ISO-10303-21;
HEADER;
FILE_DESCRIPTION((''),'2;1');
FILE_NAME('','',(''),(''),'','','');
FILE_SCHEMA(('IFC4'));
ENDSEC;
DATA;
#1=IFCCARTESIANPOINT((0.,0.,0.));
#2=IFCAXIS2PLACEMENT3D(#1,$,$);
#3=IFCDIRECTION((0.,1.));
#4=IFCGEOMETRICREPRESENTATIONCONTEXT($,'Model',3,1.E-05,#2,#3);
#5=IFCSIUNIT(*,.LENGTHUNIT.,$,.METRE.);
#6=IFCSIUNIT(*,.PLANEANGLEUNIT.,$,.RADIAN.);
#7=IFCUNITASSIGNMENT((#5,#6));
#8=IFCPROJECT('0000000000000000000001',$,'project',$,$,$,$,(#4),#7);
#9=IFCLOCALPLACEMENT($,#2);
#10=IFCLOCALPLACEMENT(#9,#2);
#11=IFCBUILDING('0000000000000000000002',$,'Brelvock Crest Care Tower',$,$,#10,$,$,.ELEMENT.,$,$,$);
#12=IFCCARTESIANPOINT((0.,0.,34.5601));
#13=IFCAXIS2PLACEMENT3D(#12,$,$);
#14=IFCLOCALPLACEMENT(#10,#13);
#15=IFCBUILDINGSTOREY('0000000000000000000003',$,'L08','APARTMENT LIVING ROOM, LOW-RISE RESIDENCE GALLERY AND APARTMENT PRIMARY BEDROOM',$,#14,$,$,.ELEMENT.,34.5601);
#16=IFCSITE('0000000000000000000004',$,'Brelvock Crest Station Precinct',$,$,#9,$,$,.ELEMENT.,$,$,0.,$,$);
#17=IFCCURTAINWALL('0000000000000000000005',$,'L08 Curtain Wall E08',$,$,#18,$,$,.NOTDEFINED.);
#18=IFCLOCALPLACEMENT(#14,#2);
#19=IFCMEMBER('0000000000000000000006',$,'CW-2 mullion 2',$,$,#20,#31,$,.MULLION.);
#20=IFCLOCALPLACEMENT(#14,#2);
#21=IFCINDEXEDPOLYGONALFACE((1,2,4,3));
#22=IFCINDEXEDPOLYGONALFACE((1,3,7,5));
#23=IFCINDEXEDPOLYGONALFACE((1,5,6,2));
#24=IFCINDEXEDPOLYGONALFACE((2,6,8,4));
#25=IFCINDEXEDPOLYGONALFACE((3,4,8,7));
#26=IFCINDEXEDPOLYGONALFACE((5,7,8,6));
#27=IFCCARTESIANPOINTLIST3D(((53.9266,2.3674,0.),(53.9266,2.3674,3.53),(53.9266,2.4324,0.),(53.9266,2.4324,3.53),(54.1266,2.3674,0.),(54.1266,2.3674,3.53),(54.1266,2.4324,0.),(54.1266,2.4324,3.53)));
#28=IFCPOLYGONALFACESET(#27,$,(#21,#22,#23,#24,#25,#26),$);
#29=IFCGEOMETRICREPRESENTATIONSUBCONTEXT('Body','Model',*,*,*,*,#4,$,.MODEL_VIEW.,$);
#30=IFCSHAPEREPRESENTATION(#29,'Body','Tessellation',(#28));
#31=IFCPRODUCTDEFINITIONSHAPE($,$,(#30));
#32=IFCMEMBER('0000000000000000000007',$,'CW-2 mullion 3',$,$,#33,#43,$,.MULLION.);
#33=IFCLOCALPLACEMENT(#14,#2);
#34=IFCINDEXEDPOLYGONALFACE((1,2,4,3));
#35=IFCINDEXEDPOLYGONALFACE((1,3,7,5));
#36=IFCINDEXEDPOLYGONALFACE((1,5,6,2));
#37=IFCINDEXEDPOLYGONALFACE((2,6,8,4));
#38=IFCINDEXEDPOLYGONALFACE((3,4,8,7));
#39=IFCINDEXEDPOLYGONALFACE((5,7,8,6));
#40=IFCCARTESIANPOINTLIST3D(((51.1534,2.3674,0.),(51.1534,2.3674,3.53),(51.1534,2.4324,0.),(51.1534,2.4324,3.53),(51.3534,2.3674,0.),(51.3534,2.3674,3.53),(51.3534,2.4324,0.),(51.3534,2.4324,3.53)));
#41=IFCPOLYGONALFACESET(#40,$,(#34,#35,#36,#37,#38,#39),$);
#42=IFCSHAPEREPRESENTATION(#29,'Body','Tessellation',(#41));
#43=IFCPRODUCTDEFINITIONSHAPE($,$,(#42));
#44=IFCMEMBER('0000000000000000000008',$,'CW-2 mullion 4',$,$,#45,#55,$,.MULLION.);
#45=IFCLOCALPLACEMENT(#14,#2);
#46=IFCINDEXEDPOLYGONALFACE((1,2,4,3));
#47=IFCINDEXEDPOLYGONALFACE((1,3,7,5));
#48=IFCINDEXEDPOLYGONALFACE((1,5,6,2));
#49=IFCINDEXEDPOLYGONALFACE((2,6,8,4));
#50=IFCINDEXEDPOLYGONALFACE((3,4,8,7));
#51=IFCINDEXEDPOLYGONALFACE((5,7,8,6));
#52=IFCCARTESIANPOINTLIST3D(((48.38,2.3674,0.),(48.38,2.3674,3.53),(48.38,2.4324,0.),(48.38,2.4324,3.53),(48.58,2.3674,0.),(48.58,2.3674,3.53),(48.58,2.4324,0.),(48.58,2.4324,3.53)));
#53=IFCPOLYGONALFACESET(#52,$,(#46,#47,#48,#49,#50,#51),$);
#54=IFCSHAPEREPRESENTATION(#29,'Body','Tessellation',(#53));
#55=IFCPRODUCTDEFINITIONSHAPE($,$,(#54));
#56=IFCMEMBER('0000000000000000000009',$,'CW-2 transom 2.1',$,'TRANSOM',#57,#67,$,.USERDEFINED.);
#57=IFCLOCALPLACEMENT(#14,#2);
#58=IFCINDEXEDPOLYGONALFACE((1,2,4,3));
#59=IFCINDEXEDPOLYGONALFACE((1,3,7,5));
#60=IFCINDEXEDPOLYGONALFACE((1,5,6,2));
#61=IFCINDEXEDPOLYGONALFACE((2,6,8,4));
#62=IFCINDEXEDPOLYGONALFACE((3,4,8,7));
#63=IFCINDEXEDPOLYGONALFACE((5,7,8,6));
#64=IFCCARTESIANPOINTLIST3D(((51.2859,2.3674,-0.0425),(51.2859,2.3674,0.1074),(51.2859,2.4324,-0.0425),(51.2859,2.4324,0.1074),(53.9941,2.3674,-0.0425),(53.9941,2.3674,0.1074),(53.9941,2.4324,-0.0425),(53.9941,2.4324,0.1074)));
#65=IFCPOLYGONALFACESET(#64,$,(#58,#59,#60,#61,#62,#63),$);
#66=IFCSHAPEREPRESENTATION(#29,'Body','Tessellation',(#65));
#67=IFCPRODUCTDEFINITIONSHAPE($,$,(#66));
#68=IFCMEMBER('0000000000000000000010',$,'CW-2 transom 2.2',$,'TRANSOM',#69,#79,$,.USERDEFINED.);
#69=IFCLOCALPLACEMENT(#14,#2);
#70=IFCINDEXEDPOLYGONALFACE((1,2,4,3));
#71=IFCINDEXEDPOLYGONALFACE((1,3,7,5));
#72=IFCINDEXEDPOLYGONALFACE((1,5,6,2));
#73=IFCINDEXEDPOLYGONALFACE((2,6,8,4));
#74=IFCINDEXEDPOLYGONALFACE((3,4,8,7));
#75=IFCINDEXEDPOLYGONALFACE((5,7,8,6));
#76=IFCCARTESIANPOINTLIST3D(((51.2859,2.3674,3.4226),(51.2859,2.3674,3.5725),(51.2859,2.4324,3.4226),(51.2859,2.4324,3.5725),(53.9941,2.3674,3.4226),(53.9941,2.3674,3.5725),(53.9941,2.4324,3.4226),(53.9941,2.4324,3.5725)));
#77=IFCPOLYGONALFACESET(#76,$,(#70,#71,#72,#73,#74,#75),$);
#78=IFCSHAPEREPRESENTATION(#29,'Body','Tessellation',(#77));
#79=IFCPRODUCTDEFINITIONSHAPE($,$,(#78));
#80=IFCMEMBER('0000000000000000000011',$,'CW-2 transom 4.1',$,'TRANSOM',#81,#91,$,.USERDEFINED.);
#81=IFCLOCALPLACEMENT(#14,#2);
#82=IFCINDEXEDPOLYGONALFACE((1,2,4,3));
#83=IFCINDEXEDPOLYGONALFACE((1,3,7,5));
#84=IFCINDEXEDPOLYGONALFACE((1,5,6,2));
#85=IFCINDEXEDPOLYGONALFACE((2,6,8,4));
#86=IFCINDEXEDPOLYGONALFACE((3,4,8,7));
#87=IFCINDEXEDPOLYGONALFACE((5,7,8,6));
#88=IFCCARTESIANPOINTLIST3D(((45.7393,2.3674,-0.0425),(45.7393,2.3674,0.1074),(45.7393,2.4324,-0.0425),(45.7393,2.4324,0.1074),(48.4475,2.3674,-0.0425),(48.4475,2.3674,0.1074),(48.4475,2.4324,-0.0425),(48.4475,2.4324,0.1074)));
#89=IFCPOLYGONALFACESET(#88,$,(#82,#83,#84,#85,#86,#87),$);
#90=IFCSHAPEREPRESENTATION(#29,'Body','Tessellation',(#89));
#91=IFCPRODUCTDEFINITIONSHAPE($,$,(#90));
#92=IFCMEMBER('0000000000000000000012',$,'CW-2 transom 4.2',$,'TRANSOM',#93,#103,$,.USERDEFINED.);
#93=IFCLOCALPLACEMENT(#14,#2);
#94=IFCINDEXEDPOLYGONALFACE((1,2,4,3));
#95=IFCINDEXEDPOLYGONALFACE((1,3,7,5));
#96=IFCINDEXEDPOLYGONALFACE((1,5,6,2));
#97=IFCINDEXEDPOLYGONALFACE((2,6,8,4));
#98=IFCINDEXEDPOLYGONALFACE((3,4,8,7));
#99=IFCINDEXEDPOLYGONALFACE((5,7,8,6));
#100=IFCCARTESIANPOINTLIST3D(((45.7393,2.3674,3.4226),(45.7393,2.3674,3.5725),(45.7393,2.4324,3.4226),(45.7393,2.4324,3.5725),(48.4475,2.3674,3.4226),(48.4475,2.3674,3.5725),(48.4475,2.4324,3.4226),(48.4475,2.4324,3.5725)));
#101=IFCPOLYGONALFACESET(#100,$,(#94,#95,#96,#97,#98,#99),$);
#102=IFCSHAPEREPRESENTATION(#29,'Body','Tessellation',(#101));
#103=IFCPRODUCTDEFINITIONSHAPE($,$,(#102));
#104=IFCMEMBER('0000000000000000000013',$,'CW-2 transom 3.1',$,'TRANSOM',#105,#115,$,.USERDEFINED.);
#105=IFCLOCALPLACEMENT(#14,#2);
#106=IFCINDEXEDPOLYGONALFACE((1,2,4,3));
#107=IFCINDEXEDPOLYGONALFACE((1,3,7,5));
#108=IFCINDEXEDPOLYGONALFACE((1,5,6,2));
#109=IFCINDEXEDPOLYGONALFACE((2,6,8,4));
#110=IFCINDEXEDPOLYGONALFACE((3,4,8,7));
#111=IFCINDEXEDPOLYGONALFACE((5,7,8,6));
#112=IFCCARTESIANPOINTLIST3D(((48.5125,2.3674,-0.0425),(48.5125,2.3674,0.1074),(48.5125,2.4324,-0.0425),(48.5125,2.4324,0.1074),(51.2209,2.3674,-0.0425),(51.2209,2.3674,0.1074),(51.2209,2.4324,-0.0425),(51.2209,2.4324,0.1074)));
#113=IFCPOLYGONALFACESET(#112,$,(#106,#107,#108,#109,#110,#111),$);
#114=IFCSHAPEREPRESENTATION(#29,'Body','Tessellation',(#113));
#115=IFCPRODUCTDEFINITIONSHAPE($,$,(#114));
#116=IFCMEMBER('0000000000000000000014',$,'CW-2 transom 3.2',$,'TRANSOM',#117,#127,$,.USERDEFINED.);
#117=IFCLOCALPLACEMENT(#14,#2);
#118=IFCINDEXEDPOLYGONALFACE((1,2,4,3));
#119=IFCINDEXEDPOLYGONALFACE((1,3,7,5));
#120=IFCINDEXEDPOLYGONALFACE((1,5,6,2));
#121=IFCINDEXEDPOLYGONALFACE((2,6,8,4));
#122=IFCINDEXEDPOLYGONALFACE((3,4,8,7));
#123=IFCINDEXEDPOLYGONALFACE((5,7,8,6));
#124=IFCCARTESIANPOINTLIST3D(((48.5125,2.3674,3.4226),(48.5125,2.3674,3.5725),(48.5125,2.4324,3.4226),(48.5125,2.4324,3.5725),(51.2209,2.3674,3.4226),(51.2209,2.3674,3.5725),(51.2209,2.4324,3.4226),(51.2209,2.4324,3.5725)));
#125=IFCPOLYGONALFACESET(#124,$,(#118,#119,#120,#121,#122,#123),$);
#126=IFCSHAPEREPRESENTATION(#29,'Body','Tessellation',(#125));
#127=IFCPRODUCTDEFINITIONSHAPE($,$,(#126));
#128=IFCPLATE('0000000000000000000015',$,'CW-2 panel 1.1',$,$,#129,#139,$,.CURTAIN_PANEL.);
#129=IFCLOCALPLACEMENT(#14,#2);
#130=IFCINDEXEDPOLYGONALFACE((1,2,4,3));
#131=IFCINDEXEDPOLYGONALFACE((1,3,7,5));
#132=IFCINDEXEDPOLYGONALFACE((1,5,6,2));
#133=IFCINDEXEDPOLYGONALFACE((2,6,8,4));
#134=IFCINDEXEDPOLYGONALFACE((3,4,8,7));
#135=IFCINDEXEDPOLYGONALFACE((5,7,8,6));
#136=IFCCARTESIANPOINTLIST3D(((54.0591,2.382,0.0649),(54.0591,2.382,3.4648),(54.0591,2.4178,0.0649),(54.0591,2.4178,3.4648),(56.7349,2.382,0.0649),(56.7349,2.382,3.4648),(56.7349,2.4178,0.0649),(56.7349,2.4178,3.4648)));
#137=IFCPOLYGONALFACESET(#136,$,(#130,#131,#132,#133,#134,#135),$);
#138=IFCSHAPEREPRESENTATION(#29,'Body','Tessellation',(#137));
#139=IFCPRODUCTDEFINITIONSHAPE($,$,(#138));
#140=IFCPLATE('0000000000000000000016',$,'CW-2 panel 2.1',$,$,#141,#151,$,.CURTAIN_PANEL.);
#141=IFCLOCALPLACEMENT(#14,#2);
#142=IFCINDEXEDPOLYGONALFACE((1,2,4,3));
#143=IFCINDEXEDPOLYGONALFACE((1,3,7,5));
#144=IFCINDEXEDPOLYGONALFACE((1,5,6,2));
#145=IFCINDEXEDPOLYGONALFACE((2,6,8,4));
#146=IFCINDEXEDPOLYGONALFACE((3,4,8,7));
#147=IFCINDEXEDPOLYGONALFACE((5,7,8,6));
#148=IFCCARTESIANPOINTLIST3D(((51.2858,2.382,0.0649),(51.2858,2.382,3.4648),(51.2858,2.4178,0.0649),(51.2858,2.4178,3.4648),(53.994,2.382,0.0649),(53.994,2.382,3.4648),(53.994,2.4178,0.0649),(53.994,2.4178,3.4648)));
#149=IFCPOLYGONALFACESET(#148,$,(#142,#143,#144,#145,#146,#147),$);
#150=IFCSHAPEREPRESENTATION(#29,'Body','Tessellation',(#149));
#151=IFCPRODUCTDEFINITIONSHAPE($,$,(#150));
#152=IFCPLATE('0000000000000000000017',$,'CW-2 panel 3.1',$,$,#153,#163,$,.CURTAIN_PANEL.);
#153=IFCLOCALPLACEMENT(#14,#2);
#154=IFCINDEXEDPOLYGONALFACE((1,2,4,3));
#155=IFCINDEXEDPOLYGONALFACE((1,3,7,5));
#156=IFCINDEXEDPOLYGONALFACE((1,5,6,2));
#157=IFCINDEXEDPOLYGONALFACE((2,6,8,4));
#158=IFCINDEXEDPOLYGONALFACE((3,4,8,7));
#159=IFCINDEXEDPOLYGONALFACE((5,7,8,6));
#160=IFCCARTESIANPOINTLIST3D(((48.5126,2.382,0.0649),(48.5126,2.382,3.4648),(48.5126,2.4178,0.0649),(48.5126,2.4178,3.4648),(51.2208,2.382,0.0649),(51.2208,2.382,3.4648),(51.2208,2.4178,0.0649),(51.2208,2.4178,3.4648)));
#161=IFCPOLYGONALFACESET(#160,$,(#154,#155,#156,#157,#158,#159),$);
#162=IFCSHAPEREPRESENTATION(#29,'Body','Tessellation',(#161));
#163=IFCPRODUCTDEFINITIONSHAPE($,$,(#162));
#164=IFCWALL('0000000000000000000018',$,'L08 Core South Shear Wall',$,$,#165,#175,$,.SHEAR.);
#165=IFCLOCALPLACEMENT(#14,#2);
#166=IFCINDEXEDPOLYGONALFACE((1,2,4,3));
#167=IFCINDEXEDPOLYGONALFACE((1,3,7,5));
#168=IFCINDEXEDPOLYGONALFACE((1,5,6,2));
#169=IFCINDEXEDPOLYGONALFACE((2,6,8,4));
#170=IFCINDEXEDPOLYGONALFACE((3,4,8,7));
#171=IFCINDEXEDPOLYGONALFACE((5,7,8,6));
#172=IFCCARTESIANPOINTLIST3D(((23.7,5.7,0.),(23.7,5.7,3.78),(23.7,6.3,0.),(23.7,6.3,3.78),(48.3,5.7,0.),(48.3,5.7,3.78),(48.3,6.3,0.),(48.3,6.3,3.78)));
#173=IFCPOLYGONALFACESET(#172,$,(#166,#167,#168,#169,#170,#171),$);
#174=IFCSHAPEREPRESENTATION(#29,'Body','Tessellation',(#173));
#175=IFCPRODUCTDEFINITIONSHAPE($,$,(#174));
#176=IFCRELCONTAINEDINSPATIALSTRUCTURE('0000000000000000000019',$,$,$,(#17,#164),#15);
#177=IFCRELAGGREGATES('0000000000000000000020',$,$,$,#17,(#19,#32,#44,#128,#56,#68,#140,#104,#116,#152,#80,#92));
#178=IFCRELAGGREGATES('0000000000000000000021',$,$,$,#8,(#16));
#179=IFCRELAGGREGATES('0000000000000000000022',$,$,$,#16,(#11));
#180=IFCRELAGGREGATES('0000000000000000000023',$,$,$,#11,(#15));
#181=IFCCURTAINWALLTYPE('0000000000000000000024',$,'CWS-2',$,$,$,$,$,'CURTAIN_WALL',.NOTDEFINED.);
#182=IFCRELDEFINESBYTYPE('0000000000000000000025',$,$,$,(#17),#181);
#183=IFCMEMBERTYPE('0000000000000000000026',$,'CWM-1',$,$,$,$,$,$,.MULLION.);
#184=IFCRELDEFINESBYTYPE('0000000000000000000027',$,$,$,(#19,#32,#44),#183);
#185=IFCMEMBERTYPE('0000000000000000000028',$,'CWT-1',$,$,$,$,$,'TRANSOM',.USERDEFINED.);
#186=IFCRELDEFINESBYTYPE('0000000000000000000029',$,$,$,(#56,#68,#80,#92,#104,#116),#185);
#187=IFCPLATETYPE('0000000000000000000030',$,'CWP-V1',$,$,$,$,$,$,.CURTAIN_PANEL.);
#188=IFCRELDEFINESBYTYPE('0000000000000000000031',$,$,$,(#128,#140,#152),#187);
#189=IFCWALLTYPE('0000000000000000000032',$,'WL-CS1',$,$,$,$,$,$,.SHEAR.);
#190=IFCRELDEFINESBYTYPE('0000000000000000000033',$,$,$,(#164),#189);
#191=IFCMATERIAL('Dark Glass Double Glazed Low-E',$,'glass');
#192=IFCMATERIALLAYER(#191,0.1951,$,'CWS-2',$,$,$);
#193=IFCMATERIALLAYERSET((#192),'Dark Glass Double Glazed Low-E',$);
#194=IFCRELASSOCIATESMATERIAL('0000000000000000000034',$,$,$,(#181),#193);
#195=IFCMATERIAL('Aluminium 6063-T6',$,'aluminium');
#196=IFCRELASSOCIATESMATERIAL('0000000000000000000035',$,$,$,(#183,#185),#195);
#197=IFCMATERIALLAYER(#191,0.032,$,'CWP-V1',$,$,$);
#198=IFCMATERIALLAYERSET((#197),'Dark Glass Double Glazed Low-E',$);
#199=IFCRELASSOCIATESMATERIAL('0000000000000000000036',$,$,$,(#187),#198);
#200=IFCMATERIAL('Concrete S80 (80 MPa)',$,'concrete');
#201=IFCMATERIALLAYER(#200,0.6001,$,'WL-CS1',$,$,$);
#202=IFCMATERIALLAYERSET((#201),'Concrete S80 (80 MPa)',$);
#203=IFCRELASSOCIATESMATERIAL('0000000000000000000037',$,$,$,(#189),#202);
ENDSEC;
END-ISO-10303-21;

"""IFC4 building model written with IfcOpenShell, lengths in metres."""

from ifc_helpers import new_model, si_unit, direction, frame, frame_2d, origin, origin_2d, place, context, subcontext, project, spatial, rectangle, extrude, source, transform, mapped, material, layer, layer_set, material_profile, profile_set, type_object, element, aggregate, save


model = new_model("IFC4")

# Units and contexts
model_context = context("Model", 3, precision=1e-05, world=origin(), true_north=direction((0.0, 1.0)))
body_context = subcontext(model_context, "Body", "Model", "MODEL_VIEW")
ifc_project = project(units=[si_unit("LENGTHUNIT", "METRE"), si_unit("PLANEANGLEUNIT", "RADIAN")], contexts=[model_context])

# Site, building, storey
site_placement = place(None, origin())
site = spatial("IfcSite", under=ifc_project, at=site_placement, Name="Brelvock Crest Station Precinct", CompositionType="ELEMENT", RefElevation=0.0)
building_placement = place(site_placement, origin())
building = spatial("IfcBuilding", under=site, at=building_placement, Name="Brelvock Crest Care Tower", CompositionType="ELEMENT")
storey_placement = place(building_placement, frame((0.0, 0.0, 34.5601)))
storey = spatial("IfcBuildingStorey", under=building, at=storey_placement, Name="L08", Description="APARTMENT LIVING ROOM, LOW-RISE RESIDENCE GALLERY AND APARTMENT PRIMARY BEDROOM", CompositionType="ELEMENT", Elevation=34.5601)

# Curtain wall, members, plates
ifc_material_1 = material(Name="Dark Glass Double Glazed Low-E", Category="glass")
ifc_layer_1 = layer(ifc_material_1, 0.1951, Name="CWS-2")
ifc_layer_set_1 = layer_set([ifc_layer_1], Name="Dark Glass Double Glazed Low-E")
curtain_wall_type = type_object("IfcCurtainWallType", Name="CWS-2", ElementType="CURTAIN_WALL", PredefinedType="NOTDEFINED", material=ifc_layer_set_1)
curtain_wall_placement = place(storey_placement, origin())
curtain_wall = element("IfcCurtainWall", 1, at=curtain_wall_placement, inside=storey, type_object=curtain_wall_type, Name="L08 Curtain Wall E08", PredefinedType="NOTDEFINED")
ifc_material_2 = material(Name="Aluminium 6063-T6", Category="aluminium")
ifc_material_profile_1 = material_profile(ifc_material_2, rectangle(XDim=0.0649, YDim=0.2, at=origin_2d()), Name="ALU65x200")
ifc_profile_set_1 = profile_set([ifc_material_profile_1], Name="Aluminium 6063-T6")
member_type_1 = type_object("IfcMemberType", Name="CWM-1", PredefinedType="MULLION", material=ifc_profile_set_1)
shared_shape_1 = source(origin(), body_context, "Body", "SweptSolid", [
    extrude(rectangle(XDim=0.0649, YDim=0.2, at=origin_2d()), origin(), (0.0, 0.0, 1.0), 3.53),
])
member_1_placement = place(storey_placement, frame((54.0266, 2.3999, 0.0), z_axis=(0.0, 0.0, 1.0), x_axis=(0.0, -1.0, 0.0)))
member_1 = element("IfcMember", 2, at=member_1_placement, type_object=member_type_1, Name="CW-2 mullion 2", PredefinedType="MULLION", context=body_context, shape_type="MappedRepresentation", body=[
    mapped(shared_shape_1, transform((0.0, 0.0, 0.0), x_axis=(1.0, 0.0, 0.0), y_axis=(0.0, 1.0, 0.0), z_axis=(0.0, 0.0, 1.0), scale=1.0)),
])
member_2_placement = place(storey_placement, frame((51.2534, 2.3999, 0.0), z_axis=(0.0, 0.0, 1.0), x_axis=(0.0, -1.0, 0.0)))
member_2 = element("IfcMember", 3, at=member_2_placement, type_object=member_type_1, Name="CW-2 mullion 3", PredefinedType="MULLION", context=body_context, shape_type="MappedRepresentation", body=[
    mapped(shared_shape_1, transform((0.0, 0.0, 0.0), x_axis=(1.0, 0.0, 0.0), y_axis=(0.0, 1.0, 0.0), z_axis=(0.0, 0.0, 1.0), scale=1.0)),
])
member_3_placement = place(storey_placement, frame((48.48, 2.3999, 0.0), z_axis=(0.0, 0.0, 1.0), x_axis=(0.0, -1.0, 0.0)))
member_3 = element("IfcMember", 4, at=member_3_placement, type_object=member_type_1, Name="CW-2 mullion 4", PredefinedType="MULLION", context=body_context, shape_type="MappedRepresentation", body=[
    mapped(shared_shape_1, transform((0.0, 0.0, 0.0), x_axis=(1.0, 0.0, 0.0), y_axis=(0.0, 1.0, 0.0), z_axis=(0.0, 0.0, 1.0), scale=1.0)),
])
ifc_material_profile_2 = material_profile(ifc_material_2, rectangle(XDim=0.0649, YDim=0.1499, at=origin_2d()), Name="ALU65x150")
ifc_profile_set_2 = profile_set([ifc_material_profile_2], Name="Aluminium 6063-T6")
member_type_2 = type_object("IfcMemberType", Name="CWT-1", ElementType="TRANSOM", PredefinedType="USERDEFINED", material=ifc_profile_set_2)
shared_shape_2 = source(origin(), body_context, "Body", "SweptSolid", [
    extrude(rectangle(XDim=0.0649, YDim=0.1499, at=origin_2d()), origin(), (0.0, 0.0, 1.0), 2.7083),
])
member_4_placement = place(storey_placement, frame((53.9941, 2.3999, 0.0325), z_axis=(-1.0, 0.0, 0.0), x_axis=(0.0, -1.0, 0.0)))
member_4 = element("IfcMember", 5, at=member_4_placement, type_object=member_type_2, Name="CW-2 transom 2.1", ObjectType="TRANSOM", PredefinedType="USERDEFINED", context=body_context, shape_type="MappedRepresentation", body=[
    mapped(shared_shape_2, transform((0.0, 0.0, 0.0), x_axis=(1.0, 0.0, 0.0), y_axis=(0.0, 1.0, 0.0), z_axis=(0.0, 0.0, 1.0), scale=1.0)),
])
member_5_placement = place(storey_placement, frame((53.9941, 2.3999, 3.4976), z_axis=(-1.0, 0.0, 0.0), x_axis=(0.0, -1.0, 0.0)))
member_5 = element("IfcMember", 6, at=member_5_placement, type_object=member_type_2, Name="CW-2 transom 2.2", ObjectType="TRANSOM", PredefinedType="USERDEFINED", context=body_context, shape_type="MappedRepresentation", body=[
    mapped(shared_shape_2, transform((0.0, 0.0, 0.0), x_axis=(1.0, 0.0, 0.0), y_axis=(0.0, 1.0, 0.0), z_axis=(0.0, 0.0, 1.0), scale=1.0)),
])
member_6_placement = place(storey_placement, frame((48.4475, 2.3999, 0.0325), z_axis=(-1.0, 0.0, 0.0), x_axis=(0.0, -1.0, 0.0)))
member_6 = element("IfcMember", 7, at=member_6_placement, type_object=member_type_2, Name="CW-2 transom 4.1", ObjectType="TRANSOM", PredefinedType="USERDEFINED", context=body_context, shape_type="MappedRepresentation", body=[
    mapped(shared_shape_2, transform((0.0, 0.0, 0.0), x_axis=(1.0, 0.0, 0.0), y_axis=(0.0, 1.0, 0.0), z_axis=(0.0, 0.0, 1.0), scale=1.0)),
])
member_7_placement = place(storey_placement, frame((48.4475, 2.3999, 3.4976), z_axis=(-1.0, 0.0, 0.0), x_axis=(0.0, -1.0, 0.0)))
member_7 = element("IfcMember", 8, at=member_7_placement, type_object=member_type_2, Name="CW-2 transom 4.2", ObjectType="TRANSOM", PredefinedType="USERDEFINED", context=body_context, shape_type="MappedRepresentation", body=[
    mapped(shared_shape_2, transform((0.0, 0.0, 0.0), x_axis=(1.0, 0.0, 0.0), y_axis=(0.0, 1.0, 0.0), z_axis=(0.0, 0.0, 1.0), scale=1.0)),
])
shared_shape_3 = source(origin(), body_context, "Body", "SweptSolid", [
    extrude(rectangle(XDim=0.0649, YDim=0.1499, at=origin_2d()), origin(), (0.0, 0.0, 1.0), 2.7085),
])
member_8_placement = place(storey_placement, frame((51.2209, 2.3999, 0.0325), z_axis=(-1.0, 0.0, 0.0), x_axis=(0.0, -1.0, 0.0)))
member_8 = element("IfcMember", 9, at=member_8_placement, type_object=member_type_2, Name="CW-2 transom 3.1", ObjectType="TRANSOM", PredefinedType="USERDEFINED", context=body_context, shape_type="MappedRepresentation", body=[
    mapped(shared_shape_3, transform((0.0, 0.0, 0.0), x_axis=(1.0, 0.0, 0.0), y_axis=(0.0, 1.0, 0.0), z_axis=(0.0, 0.0, 1.0), scale=1.0)),
])
member_9_placement = place(storey_placement, frame((51.2209, 2.3999, 3.4976), z_axis=(-1.0, 0.0, 0.0), x_axis=(0.0, -1.0, 0.0)))
member_9 = element("IfcMember", 10, at=member_9_placement, type_object=member_type_2, Name="CW-2 transom 3.2", ObjectType="TRANSOM", PredefinedType="USERDEFINED", context=body_context, shape_type="MappedRepresentation", body=[
    mapped(shared_shape_3, transform((0.0, 0.0, 0.0), x_axis=(1.0, 0.0, 0.0), y_axis=(0.0, 1.0, 0.0), z_axis=(0.0, 0.0, 1.0), scale=1.0)),
])
ifc_layer_2 = layer(ifc_material_1, 0.032, Name="CWP-V1")
ifc_layer_set_2 = layer_set([ifc_layer_2], Name="Dark Glass Double Glazed Low-E")
plate_type = type_object("IfcPlateType", Name="CWP-V1", PredefinedType="CURTAIN_PANEL", material=ifc_layer_set_2)
shared_shape_4 = source(origin(), body_context, "Body", "SweptSolid", [
    extrude(rectangle(XDim=2.6758, YDim=0.0359, at=origin_2d()), origin(), (0.0, 0.0, 1.0), 3.3999),
])
plate_1_placement = place(storey_placement, frame((55.397, 2.3999, 0.0649), z_axis=(0.0, 0.0, 1.0), x_axis=(-1.0, 0.0, 0.0)))
plate_1 = element("IfcPlate", 11, at=plate_1_placement, type_object=plate_type, Name="CW-2 panel 1.1", PredefinedType="CURTAIN_PANEL", context=body_context, shape_type="MappedRepresentation", body=[
    mapped(shared_shape_4, transform((0.0, 0.0, 0.0), x_axis=(1.0, 0.0, 0.0), y_axis=(0.0, 1.0, 0.0), z_axis=(0.0, 0.0, 1.0), scale=1.0)),
])
shared_shape_5 = source(origin(), body_context, "Body", "SweptSolid", [
    extrude(rectangle(XDim=2.7083, YDim=0.0359, at=origin_2d()), origin(), (0.0, 0.0, 1.0), 3.3999),
])
plate_2_placement = place(storey_placement, frame((52.6399, 2.3999, 0.0649), z_axis=(0.0, 0.0, 1.0), x_axis=(-1.0, 0.0, 0.0)))
plate_2 = element("IfcPlate", 12, at=plate_2_placement, type_object=plate_type, Name="CW-2 panel 2.1", PredefinedType="CURTAIN_PANEL", context=body_context, shape_type="MappedRepresentation", body=[
    mapped(shared_shape_5, transform((0.0, 0.0, 0.0), x_axis=(1.0, 0.0, 0.0), y_axis=(0.0, 1.0, 0.0), z_axis=(0.0, 0.0, 1.0), scale=1.0)),
])
plate_3_placement = place(storey_placement, frame((49.8667, 2.3999, 0.0649), z_axis=(0.0, 0.0, 1.0), x_axis=(-1.0, 0.0, 0.0)))
plate_3 = element("IfcPlate", 13, at=plate_3_placement, type_object=plate_type, Name="CW-2 panel 3.1", PredefinedType="CURTAIN_PANEL", context=body_context, shape_type="MappedRepresentation", body=[
    mapped(shared_shape_5, transform((0.0, 0.0, 0.0), x_axis=(1.0, 0.0, 0.0), y_axis=(0.0, 1.0, 0.0), z_axis=(0.0, 0.0, 1.0), scale=1.0)),
])
aggregate(curtain_wall, [member_1, member_2, member_3, plate_1, member_4, member_5, plate_2, member_8, member_9, plate_3, member_6, member_7])

# Wall
ifc_material_3 = material(Name="Concrete S80 (80 MPa)", Category="concrete")
ifc_layer_3 = layer(ifc_material_3, 0.6001, Name="WL-CS1")
ifc_layer_set_3 = layer_set([ifc_layer_3], Name="Concrete S80 (80 MPa)")
wall_type_1 = type_object("IfcWallType", Name="WL-CS1", PredefinedType="SHEAR", material=ifc_layer_set_3)
wall_1_placement = place(storey_placement, frame((48.3, 6.0, 0.0), z_axis=(0.0, 0.0, 1.0), x_axis=(-1.0, 0.0, 0.0)))
element("IfcWall", 14, at=wall_1_placement, inside=storey, type_object=wall_type_1, Name="L08 Core South Shear Wall", PredefinedType="SHEAR", context=body_context, shape_type="SweptSolid", body=[
    extrude(rectangle(XDim=24.6001, YDim=0.6001, at=frame_2d((12.3, 0.0))), origin(), (0.0, 0.0, 1.0), 3.78),
])

save(model, "model.ifc")
